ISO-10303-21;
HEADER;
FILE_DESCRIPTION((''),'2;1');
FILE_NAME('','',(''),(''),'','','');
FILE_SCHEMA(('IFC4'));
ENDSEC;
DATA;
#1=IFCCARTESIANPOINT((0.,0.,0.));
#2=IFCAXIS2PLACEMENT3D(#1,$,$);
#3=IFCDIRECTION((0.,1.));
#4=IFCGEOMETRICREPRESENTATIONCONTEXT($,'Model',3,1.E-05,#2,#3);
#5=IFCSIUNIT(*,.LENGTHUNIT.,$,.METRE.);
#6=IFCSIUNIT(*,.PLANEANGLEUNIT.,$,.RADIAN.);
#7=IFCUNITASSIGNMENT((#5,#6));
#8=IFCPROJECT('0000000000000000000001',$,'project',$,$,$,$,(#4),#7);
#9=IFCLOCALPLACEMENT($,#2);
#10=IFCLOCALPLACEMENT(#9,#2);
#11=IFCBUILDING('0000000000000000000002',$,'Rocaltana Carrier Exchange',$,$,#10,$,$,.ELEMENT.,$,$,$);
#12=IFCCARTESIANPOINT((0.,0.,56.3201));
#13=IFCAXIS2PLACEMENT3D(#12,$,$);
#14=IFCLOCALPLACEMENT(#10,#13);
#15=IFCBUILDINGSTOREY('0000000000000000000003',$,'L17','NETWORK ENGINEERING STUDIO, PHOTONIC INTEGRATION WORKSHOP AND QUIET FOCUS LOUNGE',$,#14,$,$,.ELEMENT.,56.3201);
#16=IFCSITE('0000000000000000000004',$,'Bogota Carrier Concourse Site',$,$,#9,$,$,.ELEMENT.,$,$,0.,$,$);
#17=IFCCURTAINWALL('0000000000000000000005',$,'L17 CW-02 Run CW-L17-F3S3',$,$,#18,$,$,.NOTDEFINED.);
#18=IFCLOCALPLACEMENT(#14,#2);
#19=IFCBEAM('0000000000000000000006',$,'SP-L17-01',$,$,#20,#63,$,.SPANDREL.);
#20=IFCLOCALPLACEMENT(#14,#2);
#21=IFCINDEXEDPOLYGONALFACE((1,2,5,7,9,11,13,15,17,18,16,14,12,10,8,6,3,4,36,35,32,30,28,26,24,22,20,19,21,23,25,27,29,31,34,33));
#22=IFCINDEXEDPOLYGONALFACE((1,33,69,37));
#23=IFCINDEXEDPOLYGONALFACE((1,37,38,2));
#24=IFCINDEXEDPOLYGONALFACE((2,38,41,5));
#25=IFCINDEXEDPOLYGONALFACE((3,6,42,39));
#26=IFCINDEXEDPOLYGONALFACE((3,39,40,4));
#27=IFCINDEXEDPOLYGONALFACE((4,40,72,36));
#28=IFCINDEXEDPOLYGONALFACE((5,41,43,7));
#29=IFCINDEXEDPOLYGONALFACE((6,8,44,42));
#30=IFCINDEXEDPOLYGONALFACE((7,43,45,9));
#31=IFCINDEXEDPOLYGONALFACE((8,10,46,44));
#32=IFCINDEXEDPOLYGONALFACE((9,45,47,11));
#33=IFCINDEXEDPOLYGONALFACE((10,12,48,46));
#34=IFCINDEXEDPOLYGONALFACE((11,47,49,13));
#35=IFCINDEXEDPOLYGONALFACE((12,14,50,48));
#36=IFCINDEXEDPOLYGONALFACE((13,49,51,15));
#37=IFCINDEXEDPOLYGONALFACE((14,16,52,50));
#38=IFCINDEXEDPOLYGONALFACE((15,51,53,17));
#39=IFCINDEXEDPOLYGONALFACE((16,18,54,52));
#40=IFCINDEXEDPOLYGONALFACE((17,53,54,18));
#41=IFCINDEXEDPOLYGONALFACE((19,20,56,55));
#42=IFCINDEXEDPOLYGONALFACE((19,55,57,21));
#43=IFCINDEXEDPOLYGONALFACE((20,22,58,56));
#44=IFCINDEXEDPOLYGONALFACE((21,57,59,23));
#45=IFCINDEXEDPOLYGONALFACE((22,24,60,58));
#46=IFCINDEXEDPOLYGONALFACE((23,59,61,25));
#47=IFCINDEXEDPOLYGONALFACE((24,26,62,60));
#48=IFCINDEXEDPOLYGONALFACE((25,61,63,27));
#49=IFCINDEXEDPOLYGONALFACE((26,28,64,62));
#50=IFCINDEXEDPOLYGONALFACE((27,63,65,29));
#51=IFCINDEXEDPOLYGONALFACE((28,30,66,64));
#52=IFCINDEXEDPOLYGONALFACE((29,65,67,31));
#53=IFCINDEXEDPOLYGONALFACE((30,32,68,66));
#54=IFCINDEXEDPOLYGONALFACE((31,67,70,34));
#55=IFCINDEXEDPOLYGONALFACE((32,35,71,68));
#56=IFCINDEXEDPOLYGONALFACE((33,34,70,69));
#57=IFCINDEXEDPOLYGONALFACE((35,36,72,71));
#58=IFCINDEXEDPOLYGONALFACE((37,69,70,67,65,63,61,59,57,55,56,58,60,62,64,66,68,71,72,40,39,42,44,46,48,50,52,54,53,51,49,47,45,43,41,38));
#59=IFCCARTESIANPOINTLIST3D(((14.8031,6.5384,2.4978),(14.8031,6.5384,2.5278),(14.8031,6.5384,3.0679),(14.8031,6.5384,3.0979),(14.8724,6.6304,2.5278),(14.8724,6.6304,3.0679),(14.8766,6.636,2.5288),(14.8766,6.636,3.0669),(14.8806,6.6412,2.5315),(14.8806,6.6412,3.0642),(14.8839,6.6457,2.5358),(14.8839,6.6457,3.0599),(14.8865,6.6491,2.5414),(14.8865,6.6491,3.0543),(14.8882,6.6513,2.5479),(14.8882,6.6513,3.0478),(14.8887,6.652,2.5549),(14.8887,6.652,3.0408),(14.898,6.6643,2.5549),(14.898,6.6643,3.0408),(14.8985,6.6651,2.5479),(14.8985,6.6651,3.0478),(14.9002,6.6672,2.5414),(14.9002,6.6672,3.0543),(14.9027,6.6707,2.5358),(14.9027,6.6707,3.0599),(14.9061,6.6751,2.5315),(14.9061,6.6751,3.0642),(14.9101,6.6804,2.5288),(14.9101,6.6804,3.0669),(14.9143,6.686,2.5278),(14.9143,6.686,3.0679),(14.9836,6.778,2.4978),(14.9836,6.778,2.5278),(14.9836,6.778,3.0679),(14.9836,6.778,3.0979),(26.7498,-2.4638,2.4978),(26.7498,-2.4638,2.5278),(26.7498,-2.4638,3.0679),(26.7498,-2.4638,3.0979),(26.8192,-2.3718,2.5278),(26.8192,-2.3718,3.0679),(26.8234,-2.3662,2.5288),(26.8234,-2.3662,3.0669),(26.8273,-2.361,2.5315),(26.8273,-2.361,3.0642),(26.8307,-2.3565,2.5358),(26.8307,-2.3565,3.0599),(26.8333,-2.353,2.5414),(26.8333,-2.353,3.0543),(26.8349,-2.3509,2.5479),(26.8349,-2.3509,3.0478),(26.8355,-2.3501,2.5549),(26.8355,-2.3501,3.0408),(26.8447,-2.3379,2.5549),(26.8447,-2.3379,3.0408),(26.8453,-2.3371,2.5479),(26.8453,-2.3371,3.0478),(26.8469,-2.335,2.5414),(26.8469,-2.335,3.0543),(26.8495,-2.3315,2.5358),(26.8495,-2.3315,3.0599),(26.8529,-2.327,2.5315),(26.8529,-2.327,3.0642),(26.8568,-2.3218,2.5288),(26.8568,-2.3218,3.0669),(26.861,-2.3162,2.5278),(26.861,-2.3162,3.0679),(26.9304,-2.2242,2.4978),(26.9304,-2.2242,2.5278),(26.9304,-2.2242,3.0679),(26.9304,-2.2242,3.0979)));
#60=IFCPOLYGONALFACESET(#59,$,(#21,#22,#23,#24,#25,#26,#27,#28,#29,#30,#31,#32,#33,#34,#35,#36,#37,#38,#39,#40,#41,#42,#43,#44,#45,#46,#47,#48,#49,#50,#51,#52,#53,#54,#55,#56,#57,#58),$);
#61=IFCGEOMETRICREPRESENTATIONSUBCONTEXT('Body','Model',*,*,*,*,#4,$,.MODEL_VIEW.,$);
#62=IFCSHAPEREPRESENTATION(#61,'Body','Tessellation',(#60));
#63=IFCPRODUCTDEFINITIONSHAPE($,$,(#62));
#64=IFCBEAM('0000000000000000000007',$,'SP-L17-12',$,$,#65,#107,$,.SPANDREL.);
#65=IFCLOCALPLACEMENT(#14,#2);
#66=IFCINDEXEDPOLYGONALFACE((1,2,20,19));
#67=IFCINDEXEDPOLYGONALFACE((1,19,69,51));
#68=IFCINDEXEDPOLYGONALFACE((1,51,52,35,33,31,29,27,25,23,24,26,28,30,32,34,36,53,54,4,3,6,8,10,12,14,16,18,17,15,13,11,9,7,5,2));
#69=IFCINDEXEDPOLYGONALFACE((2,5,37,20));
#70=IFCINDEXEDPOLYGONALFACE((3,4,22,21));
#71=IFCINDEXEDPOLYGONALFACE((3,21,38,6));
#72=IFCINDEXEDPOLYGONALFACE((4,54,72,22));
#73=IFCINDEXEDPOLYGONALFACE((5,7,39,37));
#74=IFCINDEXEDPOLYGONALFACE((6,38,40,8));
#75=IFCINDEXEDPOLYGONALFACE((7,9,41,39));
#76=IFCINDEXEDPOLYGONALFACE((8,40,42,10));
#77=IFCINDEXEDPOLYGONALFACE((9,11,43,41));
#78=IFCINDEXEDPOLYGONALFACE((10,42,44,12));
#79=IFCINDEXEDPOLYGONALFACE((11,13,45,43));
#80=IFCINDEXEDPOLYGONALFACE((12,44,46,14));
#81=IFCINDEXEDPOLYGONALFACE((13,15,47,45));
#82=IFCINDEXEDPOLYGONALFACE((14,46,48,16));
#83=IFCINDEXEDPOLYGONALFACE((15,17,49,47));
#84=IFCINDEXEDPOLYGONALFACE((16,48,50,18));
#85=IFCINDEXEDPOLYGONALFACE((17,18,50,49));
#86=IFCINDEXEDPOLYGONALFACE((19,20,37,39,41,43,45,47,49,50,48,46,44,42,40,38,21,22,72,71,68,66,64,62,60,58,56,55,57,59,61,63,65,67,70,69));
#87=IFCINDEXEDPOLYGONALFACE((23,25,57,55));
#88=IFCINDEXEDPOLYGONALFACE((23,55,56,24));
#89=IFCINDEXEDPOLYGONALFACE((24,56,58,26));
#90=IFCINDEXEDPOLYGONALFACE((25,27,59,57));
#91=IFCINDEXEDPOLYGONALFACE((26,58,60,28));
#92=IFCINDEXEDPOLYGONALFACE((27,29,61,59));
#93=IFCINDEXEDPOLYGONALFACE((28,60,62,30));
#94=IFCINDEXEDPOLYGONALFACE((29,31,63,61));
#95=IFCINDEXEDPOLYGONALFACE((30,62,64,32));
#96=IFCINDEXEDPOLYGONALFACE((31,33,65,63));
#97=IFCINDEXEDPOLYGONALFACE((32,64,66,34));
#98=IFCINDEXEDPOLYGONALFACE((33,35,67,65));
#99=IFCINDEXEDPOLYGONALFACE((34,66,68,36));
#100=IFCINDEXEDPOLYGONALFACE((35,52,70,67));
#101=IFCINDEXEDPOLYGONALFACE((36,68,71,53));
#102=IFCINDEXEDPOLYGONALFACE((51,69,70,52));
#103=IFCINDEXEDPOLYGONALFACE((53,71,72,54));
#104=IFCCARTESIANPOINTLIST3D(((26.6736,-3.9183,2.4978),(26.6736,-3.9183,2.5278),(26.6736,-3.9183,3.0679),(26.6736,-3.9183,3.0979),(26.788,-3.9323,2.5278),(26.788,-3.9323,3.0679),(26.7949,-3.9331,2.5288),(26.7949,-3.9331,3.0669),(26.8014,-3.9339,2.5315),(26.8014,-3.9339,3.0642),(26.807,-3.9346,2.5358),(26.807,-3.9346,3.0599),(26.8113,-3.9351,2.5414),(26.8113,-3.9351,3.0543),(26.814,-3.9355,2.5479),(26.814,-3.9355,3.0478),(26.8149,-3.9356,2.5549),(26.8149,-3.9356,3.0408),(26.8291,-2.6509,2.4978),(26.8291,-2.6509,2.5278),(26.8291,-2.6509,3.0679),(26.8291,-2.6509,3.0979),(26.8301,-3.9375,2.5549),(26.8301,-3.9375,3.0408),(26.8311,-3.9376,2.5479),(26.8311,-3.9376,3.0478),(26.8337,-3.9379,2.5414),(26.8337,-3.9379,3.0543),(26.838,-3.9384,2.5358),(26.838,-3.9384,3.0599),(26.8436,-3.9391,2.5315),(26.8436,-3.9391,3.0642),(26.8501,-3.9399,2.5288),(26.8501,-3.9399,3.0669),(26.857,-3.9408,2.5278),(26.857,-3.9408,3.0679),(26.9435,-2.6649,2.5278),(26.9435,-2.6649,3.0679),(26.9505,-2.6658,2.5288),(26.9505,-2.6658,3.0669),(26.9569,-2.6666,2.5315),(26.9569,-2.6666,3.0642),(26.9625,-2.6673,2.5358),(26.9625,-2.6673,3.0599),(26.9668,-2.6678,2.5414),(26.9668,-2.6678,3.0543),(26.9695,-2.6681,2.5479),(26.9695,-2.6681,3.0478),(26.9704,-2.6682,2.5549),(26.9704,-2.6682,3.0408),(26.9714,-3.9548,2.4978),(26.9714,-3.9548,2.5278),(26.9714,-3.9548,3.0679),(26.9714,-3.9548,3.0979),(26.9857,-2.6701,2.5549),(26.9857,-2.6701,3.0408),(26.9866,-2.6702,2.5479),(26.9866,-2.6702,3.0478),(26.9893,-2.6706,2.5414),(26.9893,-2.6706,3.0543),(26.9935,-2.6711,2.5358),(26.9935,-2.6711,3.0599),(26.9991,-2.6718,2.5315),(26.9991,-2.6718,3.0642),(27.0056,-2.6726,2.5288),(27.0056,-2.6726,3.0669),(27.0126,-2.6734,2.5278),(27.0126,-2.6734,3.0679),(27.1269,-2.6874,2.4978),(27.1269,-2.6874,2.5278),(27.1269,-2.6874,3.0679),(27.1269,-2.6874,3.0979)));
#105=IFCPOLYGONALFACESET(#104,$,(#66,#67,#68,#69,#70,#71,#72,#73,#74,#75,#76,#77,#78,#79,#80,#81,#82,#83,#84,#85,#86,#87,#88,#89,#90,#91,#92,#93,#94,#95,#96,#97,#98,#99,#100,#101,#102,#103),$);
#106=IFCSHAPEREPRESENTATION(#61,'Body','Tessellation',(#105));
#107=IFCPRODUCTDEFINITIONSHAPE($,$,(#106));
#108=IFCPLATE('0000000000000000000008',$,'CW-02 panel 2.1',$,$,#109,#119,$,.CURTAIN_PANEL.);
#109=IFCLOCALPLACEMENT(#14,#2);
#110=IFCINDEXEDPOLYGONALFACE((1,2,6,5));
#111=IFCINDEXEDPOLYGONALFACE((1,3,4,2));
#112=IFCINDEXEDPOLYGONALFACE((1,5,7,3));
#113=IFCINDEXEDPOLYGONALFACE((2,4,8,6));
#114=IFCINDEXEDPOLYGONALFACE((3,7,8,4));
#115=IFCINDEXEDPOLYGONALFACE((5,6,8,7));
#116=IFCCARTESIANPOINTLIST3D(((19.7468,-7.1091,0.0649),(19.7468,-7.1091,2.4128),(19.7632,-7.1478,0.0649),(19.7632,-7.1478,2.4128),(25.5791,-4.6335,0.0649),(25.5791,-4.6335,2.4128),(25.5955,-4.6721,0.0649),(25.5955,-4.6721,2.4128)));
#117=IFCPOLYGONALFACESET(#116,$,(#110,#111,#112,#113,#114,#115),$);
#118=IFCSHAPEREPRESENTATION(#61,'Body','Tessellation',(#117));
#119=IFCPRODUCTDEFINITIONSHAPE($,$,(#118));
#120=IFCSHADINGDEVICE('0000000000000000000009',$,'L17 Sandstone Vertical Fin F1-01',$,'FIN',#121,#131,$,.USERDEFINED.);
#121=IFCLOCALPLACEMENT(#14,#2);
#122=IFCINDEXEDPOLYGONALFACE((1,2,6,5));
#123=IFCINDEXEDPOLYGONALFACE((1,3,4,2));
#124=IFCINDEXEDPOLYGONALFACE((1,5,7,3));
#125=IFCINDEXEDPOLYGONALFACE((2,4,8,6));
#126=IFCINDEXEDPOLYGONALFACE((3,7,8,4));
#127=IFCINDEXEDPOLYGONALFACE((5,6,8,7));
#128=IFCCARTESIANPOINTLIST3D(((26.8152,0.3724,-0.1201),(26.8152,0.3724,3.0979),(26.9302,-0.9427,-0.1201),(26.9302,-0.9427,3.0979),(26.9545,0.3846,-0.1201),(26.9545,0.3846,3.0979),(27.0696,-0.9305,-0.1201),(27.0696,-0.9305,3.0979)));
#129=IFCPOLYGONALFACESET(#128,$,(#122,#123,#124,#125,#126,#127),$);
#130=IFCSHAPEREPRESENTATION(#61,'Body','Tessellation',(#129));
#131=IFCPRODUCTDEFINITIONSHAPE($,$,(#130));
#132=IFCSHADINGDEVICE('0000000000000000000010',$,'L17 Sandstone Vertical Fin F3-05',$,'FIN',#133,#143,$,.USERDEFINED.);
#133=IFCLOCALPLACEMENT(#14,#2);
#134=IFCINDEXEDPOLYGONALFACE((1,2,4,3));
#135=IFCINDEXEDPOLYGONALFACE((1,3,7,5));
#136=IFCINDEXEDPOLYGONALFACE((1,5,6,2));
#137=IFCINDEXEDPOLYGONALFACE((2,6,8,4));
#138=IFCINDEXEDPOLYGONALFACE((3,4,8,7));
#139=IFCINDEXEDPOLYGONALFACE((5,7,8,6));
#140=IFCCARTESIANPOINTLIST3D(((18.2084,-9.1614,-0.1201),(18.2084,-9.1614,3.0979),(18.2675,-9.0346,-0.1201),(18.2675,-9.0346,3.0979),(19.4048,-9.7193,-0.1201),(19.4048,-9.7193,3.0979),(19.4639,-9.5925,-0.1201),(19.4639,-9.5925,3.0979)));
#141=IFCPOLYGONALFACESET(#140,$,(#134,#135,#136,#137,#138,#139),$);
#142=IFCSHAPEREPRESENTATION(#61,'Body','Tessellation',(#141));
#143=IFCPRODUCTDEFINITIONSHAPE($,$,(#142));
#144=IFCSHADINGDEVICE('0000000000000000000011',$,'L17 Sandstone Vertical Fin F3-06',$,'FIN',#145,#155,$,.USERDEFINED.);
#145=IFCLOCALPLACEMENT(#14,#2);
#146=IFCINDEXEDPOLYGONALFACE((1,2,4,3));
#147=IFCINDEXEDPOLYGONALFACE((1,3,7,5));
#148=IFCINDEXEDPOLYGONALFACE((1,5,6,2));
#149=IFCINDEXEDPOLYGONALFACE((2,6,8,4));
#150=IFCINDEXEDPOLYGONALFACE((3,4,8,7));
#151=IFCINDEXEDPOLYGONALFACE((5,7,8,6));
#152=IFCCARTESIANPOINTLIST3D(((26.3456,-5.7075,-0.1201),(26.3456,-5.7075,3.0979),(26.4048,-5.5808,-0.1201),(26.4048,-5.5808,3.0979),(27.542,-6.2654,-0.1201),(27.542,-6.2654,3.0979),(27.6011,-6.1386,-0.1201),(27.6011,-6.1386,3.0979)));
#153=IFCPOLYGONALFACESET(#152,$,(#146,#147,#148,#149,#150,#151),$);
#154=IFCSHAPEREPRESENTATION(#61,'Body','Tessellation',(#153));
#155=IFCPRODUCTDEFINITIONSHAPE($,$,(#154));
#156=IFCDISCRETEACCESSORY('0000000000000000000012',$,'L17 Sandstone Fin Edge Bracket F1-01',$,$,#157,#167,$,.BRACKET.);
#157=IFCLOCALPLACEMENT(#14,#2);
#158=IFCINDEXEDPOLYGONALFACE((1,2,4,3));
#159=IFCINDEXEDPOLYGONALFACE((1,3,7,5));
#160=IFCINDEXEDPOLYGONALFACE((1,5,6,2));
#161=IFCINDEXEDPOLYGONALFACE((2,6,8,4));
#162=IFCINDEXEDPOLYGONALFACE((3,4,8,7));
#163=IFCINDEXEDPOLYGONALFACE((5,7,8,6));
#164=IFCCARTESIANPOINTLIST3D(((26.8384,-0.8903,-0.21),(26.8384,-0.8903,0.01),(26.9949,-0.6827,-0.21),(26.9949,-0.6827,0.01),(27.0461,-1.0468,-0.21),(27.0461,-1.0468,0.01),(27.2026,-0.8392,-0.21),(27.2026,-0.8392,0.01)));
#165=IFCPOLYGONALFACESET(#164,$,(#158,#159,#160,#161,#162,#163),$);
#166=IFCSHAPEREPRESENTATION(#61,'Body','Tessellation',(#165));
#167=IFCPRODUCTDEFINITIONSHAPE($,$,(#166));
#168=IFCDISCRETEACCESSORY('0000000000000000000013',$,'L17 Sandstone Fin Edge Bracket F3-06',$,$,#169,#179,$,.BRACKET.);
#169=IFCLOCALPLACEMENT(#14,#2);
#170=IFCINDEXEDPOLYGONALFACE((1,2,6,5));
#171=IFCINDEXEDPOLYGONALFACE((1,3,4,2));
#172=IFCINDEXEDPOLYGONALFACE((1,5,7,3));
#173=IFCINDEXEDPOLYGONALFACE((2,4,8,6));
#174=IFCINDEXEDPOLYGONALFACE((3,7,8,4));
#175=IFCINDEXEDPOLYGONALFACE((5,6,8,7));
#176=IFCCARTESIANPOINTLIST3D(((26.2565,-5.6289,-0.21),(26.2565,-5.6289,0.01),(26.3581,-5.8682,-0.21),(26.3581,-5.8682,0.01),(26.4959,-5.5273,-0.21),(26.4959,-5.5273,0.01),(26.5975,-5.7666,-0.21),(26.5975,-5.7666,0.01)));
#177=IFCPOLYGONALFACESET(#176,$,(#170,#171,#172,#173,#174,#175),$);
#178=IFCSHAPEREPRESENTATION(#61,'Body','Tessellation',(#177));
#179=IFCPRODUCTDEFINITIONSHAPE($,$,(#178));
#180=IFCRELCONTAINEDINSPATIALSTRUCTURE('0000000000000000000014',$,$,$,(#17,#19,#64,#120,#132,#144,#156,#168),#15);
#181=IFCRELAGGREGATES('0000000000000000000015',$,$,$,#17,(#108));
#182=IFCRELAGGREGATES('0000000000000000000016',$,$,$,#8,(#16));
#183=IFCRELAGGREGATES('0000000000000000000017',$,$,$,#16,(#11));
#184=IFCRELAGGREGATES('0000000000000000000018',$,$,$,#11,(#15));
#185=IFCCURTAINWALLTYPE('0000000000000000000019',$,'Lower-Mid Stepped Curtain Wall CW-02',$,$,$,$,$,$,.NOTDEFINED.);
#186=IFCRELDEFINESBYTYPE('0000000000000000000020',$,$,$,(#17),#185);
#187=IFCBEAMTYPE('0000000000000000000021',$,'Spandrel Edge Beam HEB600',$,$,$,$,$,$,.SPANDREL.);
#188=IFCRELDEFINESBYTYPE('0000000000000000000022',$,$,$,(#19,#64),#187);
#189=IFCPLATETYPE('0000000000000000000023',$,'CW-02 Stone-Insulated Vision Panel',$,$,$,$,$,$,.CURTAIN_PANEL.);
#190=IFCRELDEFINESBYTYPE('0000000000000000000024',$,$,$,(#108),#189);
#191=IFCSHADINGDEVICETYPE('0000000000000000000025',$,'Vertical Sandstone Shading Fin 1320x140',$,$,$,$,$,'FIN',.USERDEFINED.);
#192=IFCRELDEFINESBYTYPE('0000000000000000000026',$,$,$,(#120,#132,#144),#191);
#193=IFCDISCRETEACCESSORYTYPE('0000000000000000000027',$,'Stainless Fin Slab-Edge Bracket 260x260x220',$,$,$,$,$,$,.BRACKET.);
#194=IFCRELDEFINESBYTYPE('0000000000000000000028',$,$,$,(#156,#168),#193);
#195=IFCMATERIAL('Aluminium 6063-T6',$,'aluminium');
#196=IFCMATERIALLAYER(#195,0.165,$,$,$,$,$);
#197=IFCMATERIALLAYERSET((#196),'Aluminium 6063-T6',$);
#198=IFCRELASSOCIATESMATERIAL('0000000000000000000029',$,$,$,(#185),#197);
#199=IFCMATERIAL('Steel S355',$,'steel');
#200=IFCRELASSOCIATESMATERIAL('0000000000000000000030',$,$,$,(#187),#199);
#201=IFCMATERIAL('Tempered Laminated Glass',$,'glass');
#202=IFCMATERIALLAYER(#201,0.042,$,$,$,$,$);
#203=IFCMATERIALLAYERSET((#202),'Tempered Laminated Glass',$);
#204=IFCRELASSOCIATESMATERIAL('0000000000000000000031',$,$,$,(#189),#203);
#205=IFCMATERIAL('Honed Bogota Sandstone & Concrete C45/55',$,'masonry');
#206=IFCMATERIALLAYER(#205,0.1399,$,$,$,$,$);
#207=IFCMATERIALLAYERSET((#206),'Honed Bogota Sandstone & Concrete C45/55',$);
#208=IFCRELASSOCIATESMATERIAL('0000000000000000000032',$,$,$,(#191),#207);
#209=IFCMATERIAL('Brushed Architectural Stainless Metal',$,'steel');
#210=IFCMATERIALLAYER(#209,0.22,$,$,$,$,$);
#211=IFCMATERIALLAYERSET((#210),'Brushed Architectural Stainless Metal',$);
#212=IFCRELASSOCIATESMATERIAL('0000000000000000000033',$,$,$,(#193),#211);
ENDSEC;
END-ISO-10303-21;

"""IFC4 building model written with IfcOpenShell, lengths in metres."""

from ifc_helpers import new_model, si_unit, direction, frame, origin, origin_2d, place, context, subcontext, project, spatial, rectangle, i_section, extrude, material, layer, layer_set, material_profile, profile_set, type_object, element, aggregate, save


model = new_model("IFC4")

# Units and contexts
model_context = context("Model", 3, precision=1e-05, world=origin(), true_north=direction((0.0, 1.0)))
body_context = subcontext(model_context, "Body", "Model", "MODEL_VIEW")
ifc_project = project(units=[si_unit("LENGTHUNIT", "METRE"), si_unit("PLANEANGLEUNIT", "RADIAN")], contexts=[model_context])

# Site, building, storey
site_placement = place(None, origin())
site = spatial("IfcSite", under=ifc_project, at=site_placement, Name="Bogota Carrier Concourse Site", CompositionType="ELEMENT", RefElevation=0.0)
building_placement = place(site_placement, origin())
building = spatial("IfcBuilding", under=site, at=building_placement, Name="Rocaltana Carrier Exchange", CompositionType="ELEMENT")
storey_placement = place(building_placement, frame((0.0, 0.0, 56.3201)))
storey = spatial("IfcBuildingStorey", under=building, at=storey_placement, Name="L17", Description="NETWORK ENGINEERING STUDIO, PHOTONIC INTEGRATION WORKSHOP AND QUIET FOCUS LOUNGE", CompositionType="ELEMENT", Elevation=56.3201)

# Shared definitions
ifc_material_1 = material(Name="Aluminium 6063-T6", Category="aluminium")
ifc_layer_1 = layer(ifc_material_1, 0.165)
ifc_layer_set_1 = layer_set([ifc_layer_1], Name="Aluminium 6063-T6")
curtain_wall_type = type_object("IfcCurtainWallType", Name="Lower-Mid Stepped Curtain Wall CW-02", PredefinedType="NOTDEFINED", material=ifc_layer_set_1)

# Curtain wall
curtain_wall_1_placement = place(storey_placement, origin())
curtain_wall_1 = element("IfcCurtainWall", 1, at=curtain_wall_1_placement, inside=storey, type_object=curtain_wall_type, Name="L17 CW-02 Run CW-L17-F3S3", PredefinedType="NOTDEFINED")

# Beams
ifc_material_2 = material(Name="Steel S355", Category="steel")
ifc_material_profile_1 = material_profile(ifc_material_2, i_section(OverallWidth=0.3, OverallDepth=0.6001, WebThickness=0.0154, FlangeThickness=0.03, FilletRadius=0.0271, at=origin_2d()), Name="HEB600")
ifc_profile_set_1 = profile_set([ifc_material_profile_1], Name="Steel S355")
beam_type_1 = type_object("IfcBeamType", Name="Spandrel Edge Beam HEB600", PredefinedType="SPANDREL", material=ifc_profile_set_1)
beam_1_placement = place(storey_placement, frame((26.8401, -2.344, 2.7979), z_axis=(-0.798647, 0.6018, 0.0), x_axis=(-0.6018, -0.798647, 0.0)))
element("IfcBeam", 2, at=beam_1_placement, inside=storey, type_object=beam_type_1, Name="SP-L17-01", PredefinedType="SPANDREL", context=body_context, shape_type="SweptSolid", body=[
    extrude(i_section(OverallWidth=0.3, OverallDepth=0.6001, WebThickness=0.0154, FlangeThickness=0.03, FilletRadius=0.0271, at=origin_2d()), origin(), (0.0, 0.0, 1.0), 14.9587),
])
beam_2_placement = place(storey_placement, frame((26.8225, -3.9365, 2.7979), z_axis=(0.121799, 0.992555, 0.0), x_axis=(-0.992555, 0.121799, 0.0)))
element("IfcBeam", 3, at=beam_2_placement, inside=storey, type_object=beam_type_1, Name="SP-L17-12", PredefinedType="SPANDREL", context=body_context, shape_type="SweptSolid", body=[
    extrude(i_section(OverallWidth=0.3, OverallDepth=0.6001, WebThickness=0.0154, FlangeThickness=0.03, FilletRadius=0.0271, at=origin_2d()), origin(), (0.0, 0.0, 1.0), 1.2769),
])

# Plate
ifc_material_3 = material(Name="Tempered Laminated Glass", Category="glass")
ifc_layer_2 = layer(ifc_material_3, 0.042)
ifc_layer_set_2 = layer_set([ifc_layer_2], Name="Tempered Laminated Glass")
plate_type = type_object("IfcPlateType", Name="CW-02 Stone-Insulated Vision Panel", PredefinedType="CURTAIN_PANEL", material=ifc_layer_set_2)
plate_placement = place(storey_placement, frame((22.6711, -5.8906, 0.0649), z_axis=(0.0, 0.0, 1.0), x_axis=(0.920503, 0.390735, 0.0)))
plate = element("IfcPlate", 4, at=plate_placement, type_object=plate_type, Name="CW-02 panel 2.1", PredefinedType="CURTAIN_PANEL", context=body_context, shape_type="SweptSolid", body=[
    extrude(rectangle(XDim=6.3359, YDim=0.042, at=origin_2d()), origin(), (0.0, 0.0, 1.0), 2.3479),
])
aggregate(curtain_wall_1, [plate])

# Shading devices
ifc_material_4 = material(Name="Honed Bogota Sandstone & Concrete C45/55", Category="masonry")
ifc_layer_3 = layer(ifc_material_4, 0.1399)
ifc_layer_set_3 = layer_set([ifc_layer_3], Name="Honed Bogota Sandstone & Concrete C45/55")
shading_device_type = type_object("IfcShadingDeviceType", Name="Vertical Sandstone Shading Fin 1320x140", ElementType="FIN", PredefinedType="USERDEFINED", material=ifc_layer_set_3)
for number, where, z_axis, x_axis, name in (
    (5, (26.9424, -0.2791, -0.1201), (0.0, 0.0, 1.0), (-0.087156, 0.996195, 0.0), "L17 Sandstone Vertical Fin F1-01"),
    (6, (18.8362, -9.377, -0.1201), (0.0, 0.0, 1.0), (0.906308, -0.422618, 0.0), "L17 Sandstone Vertical Fin F3-05"),
    (7, (26.9734, -5.9231, -0.1201), (0.0, 0.0, 1.0), (0.906308, -0.422618, 0.0), "L17 Sandstone Vertical Fin F3-06"),
):
    element("IfcShadingDevice", number, at=place(storey_placement, frame(where, z_axis=z_axis, x_axis=x_axis)), inside=storey, type_object=shading_device_type, Name=name, ObjectType="FIN", PredefinedType="USERDEFINED", context=body_context, shape_type="SweptSolid", body=[
        extrude(rectangle(XDim=1.3201, YDim=0.1399, at=origin_2d()), origin(), (0.0, 0.0, 1.0), 3.218),
    ])

# Discrete accessories
ifc_material_5 = material(Name="Brushed Architectural Stainless Metal", Category="steel")
ifc_layer_4 = layer(ifc_material_5, 0.22)
ifc_layer_set_4 = layer_set([ifc_layer_4], Name="Brushed Architectural Stainless Metal")
discrete_accessory_type = type_object("IfcDiscreteAccessoryType", Name="Stainless Fin Slab-Edge Bracket 260x260x220", PredefinedType="BRACKET", material=ifc_layer_set_4)
for number, where, z_axis, x_axis, name in (
    (8, (27.0205, -0.8647, -0.21), (0.0, 0.0, 1.0), (-0.798636, 0.601815, 0.0), "L17 Sandstone Fin Edge Bracket F1-01"),
    (9, (26.427, -5.6978, -0.21), (0.0, 0.0, 1.0), (0.920505, 0.390731, 0.0), "L17 Sandstone Fin Edge Bracket F3-06"),
):
    element("IfcDiscreteAccessory", number, at=place(storey_placement, frame(where, z_axis=z_axis, x_axis=x_axis)), inside=storey, type_object=discrete_accessory_type, Name=name, PredefinedType="BRACKET", context=body_context, shape_type="SweptSolid", body=[
        extrude(rectangle(XDim=0.26, YDim=0.26, at=origin_2d()), origin(), (0.0, 0.0, 1.0), 0.22),
    ])

save(model, "model.ifc")
